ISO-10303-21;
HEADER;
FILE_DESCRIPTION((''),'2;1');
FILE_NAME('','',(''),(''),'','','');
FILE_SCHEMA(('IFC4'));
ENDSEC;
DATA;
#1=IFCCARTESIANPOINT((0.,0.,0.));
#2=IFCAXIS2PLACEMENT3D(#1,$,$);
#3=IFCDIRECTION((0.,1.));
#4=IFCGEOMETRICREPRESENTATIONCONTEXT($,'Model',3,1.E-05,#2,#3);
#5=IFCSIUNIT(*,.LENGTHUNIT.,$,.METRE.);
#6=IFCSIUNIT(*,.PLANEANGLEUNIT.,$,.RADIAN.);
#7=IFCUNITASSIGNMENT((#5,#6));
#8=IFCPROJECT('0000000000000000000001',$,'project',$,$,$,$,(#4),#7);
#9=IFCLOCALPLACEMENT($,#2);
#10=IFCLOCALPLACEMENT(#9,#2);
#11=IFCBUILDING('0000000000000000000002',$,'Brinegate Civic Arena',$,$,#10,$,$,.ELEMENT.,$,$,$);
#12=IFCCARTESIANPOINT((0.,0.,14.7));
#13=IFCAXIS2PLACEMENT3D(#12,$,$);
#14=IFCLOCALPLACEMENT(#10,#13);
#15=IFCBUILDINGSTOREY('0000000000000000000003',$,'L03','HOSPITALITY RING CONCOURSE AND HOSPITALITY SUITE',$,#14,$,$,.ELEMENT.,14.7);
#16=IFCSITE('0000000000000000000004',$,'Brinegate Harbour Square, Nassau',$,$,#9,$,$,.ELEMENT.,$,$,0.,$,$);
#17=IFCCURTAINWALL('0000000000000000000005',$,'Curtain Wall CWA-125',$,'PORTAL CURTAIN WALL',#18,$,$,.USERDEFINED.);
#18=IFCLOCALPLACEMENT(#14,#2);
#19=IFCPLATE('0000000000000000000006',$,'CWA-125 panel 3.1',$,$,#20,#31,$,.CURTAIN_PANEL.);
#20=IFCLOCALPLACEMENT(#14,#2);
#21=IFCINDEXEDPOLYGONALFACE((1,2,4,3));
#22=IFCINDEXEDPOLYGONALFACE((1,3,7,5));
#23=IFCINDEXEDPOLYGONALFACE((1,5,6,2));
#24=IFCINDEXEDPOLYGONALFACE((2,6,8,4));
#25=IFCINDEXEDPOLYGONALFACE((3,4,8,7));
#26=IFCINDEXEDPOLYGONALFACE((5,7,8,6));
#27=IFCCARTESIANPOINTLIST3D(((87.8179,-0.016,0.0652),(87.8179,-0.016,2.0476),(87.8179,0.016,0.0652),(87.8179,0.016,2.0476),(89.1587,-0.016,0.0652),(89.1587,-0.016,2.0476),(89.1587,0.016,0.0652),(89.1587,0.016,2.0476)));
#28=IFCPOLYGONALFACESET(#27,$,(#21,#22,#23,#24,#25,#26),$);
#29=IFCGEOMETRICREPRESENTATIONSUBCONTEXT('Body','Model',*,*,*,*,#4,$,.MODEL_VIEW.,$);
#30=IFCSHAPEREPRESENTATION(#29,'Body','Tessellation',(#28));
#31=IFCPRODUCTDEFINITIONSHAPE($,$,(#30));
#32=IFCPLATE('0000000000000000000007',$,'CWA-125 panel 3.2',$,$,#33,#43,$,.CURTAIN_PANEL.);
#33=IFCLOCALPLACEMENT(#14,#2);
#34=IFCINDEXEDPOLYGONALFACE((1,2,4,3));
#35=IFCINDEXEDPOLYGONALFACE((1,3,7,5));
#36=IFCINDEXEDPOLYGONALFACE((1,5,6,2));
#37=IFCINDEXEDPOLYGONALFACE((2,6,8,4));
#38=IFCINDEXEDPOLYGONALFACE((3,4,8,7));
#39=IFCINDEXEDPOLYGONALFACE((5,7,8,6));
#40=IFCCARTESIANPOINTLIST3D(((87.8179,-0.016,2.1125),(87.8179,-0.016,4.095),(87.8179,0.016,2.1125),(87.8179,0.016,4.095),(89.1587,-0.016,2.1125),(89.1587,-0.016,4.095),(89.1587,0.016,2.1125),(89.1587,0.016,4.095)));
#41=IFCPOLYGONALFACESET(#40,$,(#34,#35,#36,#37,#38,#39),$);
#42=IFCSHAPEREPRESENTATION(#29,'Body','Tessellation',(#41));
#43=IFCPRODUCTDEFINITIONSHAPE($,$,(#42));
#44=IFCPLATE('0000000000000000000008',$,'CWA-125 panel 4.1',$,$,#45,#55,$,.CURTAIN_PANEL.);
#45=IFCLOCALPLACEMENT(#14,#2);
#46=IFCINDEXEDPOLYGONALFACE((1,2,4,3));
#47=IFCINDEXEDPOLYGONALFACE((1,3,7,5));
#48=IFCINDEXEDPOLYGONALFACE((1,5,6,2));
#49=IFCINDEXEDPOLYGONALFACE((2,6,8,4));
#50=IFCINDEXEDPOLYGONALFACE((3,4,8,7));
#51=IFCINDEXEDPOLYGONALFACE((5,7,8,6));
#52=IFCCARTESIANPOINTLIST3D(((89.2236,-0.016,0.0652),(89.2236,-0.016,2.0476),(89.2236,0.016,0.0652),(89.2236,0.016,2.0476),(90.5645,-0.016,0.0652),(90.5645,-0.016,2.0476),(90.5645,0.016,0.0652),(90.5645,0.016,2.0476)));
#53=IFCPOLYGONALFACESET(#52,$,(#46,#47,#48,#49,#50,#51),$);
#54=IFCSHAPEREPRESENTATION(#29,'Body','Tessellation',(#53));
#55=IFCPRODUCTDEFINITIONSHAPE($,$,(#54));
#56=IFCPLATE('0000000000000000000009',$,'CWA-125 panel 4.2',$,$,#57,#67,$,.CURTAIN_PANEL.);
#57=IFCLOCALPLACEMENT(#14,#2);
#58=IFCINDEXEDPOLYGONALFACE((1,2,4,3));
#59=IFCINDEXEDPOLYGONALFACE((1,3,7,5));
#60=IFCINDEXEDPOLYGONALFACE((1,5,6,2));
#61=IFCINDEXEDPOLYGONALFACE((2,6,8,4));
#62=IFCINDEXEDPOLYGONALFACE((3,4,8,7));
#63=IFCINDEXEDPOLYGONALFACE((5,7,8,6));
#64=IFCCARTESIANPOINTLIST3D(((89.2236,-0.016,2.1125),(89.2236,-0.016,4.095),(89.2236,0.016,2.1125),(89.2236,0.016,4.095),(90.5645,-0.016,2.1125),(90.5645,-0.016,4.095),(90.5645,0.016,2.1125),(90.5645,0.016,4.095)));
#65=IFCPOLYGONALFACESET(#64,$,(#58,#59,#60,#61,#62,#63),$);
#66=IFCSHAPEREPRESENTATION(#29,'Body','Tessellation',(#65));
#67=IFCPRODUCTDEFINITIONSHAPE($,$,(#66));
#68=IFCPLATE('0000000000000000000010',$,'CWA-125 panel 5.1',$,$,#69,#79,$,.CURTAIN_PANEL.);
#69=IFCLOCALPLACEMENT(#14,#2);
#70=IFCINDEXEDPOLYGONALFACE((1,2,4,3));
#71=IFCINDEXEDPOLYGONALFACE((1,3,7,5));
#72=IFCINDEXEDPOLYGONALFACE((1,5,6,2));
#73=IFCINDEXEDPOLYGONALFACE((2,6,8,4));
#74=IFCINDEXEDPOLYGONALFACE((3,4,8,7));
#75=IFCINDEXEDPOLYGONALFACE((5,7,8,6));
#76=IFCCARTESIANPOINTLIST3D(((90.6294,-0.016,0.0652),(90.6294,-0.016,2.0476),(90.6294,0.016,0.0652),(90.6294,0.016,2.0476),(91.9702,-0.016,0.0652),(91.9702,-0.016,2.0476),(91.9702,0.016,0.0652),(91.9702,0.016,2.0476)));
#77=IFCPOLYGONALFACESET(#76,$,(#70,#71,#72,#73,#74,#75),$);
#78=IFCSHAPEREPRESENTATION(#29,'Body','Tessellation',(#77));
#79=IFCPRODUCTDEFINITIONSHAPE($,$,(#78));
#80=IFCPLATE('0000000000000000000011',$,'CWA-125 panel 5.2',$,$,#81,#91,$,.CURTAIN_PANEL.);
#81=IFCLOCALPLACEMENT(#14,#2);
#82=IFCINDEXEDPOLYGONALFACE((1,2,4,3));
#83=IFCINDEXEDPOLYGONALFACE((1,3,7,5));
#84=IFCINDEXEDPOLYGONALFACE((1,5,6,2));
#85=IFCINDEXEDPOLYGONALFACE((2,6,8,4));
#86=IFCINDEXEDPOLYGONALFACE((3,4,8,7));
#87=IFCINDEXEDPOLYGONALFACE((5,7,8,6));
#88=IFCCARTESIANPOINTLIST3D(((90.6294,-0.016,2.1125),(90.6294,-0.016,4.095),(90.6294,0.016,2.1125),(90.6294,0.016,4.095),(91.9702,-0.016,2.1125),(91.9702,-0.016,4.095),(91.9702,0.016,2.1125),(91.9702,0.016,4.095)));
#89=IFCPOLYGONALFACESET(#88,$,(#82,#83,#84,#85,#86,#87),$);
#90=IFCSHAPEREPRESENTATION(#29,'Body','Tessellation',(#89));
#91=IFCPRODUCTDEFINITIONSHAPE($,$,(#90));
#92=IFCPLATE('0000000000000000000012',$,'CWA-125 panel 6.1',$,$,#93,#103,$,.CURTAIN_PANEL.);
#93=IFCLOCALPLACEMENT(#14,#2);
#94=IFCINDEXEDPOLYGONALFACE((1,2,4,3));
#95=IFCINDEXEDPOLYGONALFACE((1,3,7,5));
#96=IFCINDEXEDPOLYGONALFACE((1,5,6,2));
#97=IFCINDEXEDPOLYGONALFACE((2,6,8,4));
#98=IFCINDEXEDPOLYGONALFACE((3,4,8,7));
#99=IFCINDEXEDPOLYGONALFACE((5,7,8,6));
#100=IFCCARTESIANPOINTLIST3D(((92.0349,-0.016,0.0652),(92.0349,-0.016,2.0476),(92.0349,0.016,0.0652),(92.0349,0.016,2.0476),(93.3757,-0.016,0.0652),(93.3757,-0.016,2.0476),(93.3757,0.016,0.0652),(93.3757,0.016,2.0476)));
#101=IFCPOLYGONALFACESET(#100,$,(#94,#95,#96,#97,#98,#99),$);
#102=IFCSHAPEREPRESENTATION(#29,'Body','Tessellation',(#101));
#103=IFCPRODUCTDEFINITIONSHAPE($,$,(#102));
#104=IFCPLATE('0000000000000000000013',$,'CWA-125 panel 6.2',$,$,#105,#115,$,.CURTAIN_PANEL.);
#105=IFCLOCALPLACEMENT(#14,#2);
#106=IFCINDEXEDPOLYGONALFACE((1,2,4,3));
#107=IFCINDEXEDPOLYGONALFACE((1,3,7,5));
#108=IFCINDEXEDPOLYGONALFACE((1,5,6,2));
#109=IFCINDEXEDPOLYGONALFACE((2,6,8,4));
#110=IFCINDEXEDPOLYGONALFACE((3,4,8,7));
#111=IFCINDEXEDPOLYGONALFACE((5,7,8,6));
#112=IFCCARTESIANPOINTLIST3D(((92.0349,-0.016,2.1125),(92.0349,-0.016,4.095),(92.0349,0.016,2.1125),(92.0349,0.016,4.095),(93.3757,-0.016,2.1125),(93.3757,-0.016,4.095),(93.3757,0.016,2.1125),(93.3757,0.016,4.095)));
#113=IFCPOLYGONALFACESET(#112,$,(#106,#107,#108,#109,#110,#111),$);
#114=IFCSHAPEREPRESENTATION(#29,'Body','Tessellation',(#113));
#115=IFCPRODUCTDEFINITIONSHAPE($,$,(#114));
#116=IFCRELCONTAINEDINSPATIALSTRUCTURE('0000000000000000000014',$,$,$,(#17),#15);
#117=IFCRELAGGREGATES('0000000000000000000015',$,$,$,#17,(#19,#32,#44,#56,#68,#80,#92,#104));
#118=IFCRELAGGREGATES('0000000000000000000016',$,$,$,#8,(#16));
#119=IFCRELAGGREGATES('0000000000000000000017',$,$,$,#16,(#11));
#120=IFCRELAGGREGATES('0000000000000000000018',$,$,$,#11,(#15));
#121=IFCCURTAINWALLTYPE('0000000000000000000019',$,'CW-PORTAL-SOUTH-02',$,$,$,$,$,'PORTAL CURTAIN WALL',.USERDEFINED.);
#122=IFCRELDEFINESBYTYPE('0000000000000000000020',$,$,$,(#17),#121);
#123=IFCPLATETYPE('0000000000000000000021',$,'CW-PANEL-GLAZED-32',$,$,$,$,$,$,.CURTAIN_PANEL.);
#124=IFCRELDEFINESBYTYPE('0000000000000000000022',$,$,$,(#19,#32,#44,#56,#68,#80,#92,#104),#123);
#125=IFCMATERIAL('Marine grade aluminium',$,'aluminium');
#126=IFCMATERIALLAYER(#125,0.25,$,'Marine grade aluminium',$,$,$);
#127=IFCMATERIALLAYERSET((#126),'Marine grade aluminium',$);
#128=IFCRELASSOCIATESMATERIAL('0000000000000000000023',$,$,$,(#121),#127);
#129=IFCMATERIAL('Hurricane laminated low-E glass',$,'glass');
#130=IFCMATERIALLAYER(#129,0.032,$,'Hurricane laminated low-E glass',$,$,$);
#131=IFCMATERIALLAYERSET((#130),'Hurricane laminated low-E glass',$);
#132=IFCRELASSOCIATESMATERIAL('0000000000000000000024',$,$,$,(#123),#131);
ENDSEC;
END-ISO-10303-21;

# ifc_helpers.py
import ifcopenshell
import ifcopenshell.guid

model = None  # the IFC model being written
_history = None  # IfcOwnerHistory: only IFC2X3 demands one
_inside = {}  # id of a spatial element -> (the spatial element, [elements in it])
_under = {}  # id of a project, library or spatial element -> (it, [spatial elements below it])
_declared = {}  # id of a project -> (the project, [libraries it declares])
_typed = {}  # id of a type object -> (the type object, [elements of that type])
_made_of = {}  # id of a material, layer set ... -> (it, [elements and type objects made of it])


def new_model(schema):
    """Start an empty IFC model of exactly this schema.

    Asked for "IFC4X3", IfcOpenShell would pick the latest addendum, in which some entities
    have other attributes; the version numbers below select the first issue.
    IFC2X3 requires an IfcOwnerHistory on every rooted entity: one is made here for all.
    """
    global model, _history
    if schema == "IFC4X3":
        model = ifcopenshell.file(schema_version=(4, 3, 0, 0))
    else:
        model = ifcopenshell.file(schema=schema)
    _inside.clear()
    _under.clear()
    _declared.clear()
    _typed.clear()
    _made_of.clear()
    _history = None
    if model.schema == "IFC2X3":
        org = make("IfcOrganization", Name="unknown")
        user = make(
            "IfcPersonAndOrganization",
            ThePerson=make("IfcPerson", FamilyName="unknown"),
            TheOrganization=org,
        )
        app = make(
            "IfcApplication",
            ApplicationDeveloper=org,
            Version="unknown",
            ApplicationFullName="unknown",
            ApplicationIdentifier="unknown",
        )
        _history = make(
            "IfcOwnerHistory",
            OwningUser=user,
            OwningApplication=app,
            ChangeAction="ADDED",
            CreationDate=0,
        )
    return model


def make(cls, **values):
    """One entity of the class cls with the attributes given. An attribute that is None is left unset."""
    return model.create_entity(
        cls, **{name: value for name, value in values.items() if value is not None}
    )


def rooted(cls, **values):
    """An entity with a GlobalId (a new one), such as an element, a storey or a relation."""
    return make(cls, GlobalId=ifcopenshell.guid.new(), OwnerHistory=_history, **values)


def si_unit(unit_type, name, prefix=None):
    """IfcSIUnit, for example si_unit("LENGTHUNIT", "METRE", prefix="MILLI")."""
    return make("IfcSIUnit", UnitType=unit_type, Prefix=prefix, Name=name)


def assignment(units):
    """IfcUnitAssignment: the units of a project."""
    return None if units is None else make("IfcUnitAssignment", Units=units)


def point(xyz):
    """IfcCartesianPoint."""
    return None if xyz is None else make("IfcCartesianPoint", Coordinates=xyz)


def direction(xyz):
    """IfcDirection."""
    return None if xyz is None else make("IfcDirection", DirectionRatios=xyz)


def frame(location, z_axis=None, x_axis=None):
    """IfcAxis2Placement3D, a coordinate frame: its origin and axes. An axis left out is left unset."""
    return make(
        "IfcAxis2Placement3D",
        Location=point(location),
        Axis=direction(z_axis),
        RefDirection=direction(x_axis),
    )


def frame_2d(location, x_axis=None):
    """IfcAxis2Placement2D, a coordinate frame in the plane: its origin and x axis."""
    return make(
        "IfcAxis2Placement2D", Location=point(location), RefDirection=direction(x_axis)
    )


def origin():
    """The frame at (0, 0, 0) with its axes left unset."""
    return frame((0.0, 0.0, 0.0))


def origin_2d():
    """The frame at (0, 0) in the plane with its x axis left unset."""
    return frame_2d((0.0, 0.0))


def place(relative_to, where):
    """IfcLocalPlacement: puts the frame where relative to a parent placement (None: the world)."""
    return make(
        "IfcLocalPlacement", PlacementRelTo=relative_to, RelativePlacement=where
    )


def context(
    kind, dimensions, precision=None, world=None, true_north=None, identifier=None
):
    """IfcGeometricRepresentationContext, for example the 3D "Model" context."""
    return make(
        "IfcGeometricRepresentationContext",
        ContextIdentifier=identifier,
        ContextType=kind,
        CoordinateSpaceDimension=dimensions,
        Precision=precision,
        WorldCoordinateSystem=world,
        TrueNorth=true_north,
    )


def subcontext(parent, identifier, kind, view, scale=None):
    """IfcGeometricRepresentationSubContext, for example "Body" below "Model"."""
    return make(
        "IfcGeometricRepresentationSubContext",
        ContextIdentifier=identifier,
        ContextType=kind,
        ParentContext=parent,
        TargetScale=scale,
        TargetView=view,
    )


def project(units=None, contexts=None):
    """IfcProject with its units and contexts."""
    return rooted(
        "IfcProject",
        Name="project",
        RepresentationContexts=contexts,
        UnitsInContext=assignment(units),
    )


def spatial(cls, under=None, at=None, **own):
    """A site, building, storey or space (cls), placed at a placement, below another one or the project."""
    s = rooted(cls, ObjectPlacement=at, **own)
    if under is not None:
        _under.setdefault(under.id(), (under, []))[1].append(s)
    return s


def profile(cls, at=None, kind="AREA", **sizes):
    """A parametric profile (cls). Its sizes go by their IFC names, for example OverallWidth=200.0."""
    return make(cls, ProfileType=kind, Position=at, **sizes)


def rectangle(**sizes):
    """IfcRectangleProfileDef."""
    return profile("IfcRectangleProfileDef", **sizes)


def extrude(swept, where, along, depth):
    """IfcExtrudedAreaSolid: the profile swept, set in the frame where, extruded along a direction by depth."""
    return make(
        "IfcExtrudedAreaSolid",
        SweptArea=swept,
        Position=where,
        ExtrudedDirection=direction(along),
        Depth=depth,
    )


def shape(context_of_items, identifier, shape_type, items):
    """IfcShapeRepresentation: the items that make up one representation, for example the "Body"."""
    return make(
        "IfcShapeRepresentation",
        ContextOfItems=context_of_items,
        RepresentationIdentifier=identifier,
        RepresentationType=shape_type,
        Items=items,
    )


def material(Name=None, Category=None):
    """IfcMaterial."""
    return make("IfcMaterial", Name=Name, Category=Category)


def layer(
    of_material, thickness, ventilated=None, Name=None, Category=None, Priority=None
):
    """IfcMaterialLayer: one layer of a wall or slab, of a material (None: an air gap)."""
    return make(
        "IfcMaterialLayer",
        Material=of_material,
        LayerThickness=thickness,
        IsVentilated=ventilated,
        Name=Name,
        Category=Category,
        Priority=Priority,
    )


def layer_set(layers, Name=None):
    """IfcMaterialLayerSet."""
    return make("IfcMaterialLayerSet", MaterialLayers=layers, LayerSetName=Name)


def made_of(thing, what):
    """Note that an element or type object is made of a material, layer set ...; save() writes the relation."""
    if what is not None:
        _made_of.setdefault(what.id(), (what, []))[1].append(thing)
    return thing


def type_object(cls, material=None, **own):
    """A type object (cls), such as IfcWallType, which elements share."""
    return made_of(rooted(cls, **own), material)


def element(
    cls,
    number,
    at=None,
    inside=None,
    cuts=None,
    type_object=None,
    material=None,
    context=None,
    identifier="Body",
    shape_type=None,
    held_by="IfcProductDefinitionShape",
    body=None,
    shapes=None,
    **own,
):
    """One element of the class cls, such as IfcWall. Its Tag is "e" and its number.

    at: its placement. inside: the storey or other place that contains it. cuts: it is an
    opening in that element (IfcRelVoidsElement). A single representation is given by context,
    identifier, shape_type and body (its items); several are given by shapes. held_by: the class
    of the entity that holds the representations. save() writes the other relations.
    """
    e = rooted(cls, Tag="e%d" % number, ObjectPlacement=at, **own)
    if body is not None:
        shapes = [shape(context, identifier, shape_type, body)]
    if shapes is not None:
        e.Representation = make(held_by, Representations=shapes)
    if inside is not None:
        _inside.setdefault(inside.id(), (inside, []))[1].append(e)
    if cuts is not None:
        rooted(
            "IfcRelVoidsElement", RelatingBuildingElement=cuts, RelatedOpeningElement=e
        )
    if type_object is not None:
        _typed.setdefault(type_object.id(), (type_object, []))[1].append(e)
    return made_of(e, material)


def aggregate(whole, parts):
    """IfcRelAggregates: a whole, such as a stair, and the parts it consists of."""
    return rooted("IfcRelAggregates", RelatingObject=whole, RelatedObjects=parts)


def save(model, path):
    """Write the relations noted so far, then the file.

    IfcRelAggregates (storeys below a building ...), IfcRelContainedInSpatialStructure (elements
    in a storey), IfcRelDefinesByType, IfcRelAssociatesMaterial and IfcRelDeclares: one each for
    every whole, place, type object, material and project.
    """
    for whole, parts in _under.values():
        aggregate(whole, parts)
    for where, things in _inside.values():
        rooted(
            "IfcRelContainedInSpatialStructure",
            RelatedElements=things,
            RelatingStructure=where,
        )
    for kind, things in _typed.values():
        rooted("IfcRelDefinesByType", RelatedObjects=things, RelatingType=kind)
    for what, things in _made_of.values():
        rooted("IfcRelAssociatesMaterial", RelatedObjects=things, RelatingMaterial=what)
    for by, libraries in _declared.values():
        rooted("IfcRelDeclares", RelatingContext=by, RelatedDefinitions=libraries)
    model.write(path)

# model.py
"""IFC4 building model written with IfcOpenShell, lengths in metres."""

from ifc_helpers import new_model, si_unit, direction, frame, origin, origin_2d, place, context, subcontext, project, spatial, rectangle, extrude, material, layer, layer_set, type_object, element, aggregate, save


model = new_model("IFC4")

# Units and contexts
model_context = context("Model", 3, precision=1e-05, world=origin(), true_north=direction((0.0, 1.0)))
body_context = subcontext(model_context, "Body", "Model", "MODEL_VIEW")
ifc_project = project(units=[si_unit("LENGTHUNIT", "METRE"), si_unit("PLANEANGLEUNIT", "RADIAN")], contexts=[model_context])

# Site, building, storey
site_placement = place(None, origin())
site = spatial("IfcSite", under=ifc_project, at=site_placement, Name="Brinegate Harbour Square, Nassau", CompositionType="ELEMENT", RefElevation=0.0)
building_placement = place(site_placement, origin())
building = spatial("IfcBuilding", under=site, at=building_placement, Name="Brinegate Civic Arena", CompositionType="ELEMENT")
storey_placement = place(building_placement, frame((0.0, 0.0, 14.7)))
storey = spatial("IfcBuildingStorey", under=building, at=storey_placement, Name="L03", Description="HOSPITALITY RING CONCOURSE AND HOSPITALITY SUITE", CompositionType="ELEMENT", Elevation=14.7)

# Curtain wall, plates
ifc_material_1 = material(Name="Marine grade aluminium", Category="aluminium")
ifc_layer_1 = layer(ifc_material_1, 0.25, Name="Marine grade aluminium")
ifc_layer_set_1 = layer_set([ifc_layer_1], Name="Marine grade aluminium")
curtain_wall_type = type_object("IfcCurtainWallType", Name="CW-PORTAL-SOUTH-02", ElementType="PORTAL CURTAIN WALL", PredefinedType="USERDEFINED", material=ifc_layer_set_1)
curtain_wall_placement = place(storey_placement, origin())
curtain_wall = element("IfcCurtainWall", 1, at=curtain_wall_placement, inside=storey, type_object=curtain_wall_type, Name="Curtain Wall CWA-125", ObjectType="PORTAL CURTAIN WALL", PredefinedType="USERDEFINED")
ifc_material_2 = material(Name="Hurricane laminated low-E glass", Category="glass")
ifc_layer_2 = layer(ifc_material_2, 0.032, Name="Hurricane laminated low-E glass")
ifc_layer_set_2 = layer_set([ifc_layer_2], Name="Hurricane laminated low-E glass")
plate_type = type_object("IfcPlateType", Name="CW-PANEL-GLAZED-32", PredefinedType="CURTAIN_PANEL", material=ifc_layer_set_2)
plate_1_placement = place(storey_placement, frame((88.4883, 0.0, 0.0652), z_axis=(0.0, 0.0, 1.0), x_axis=(1.0, 0.0, 0.0)))
plate_1 = element("IfcPlate", 2, at=plate_1_placement, type_object=plate_type, Name="CWA-125 panel 3.1", PredefinedType="CURTAIN_PANEL", context=body_context, shape_type="SweptSolid", body=[
    extrude(rectangle(XDim=1.3408, YDim=0.032, at=origin_2d()), origin(), (0.0, 0.0, 1.0), 1.9824),
])
plate_2_placement = place(storey_placement, frame((88.4883, 0.0, 2.1125), z_axis=(0.0, 0.0, 1.0), x_axis=(1.0, 0.0, 0.0)))
plate_2 = element("IfcPlate", 3, at=plate_2_placement, type_object=plate_type, Name="CWA-125 panel 3.2", PredefinedType="CURTAIN_PANEL", context=body_context, shape_type="SweptSolid", body=[
    extrude(rectangle(XDim=1.3408, YDim=0.032, at=origin_2d()), origin(), (0.0, 0.0, 1.0), 1.9824),
])
plate_3_placement = place(storey_placement, frame((89.894, 0.0, 0.0652), z_axis=(0.0, 0.0, 1.0), x_axis=(1.0, 0.0, 0.0)))
plate_3 = element("IfcPlate", 4, at=plate_3_placement, type_object=plate_type, Name="CWA-125 panel 4.1", PredefinedType="CURTAIN_PANEL", context=body_context, shape_type="SweptSolid", body=[
    extrude(rectangle(XDim=1.3408, YDim=0.032, at=origin_2d()), origin(), (0.0, 0.0, 1.0), 1.9824),
])
plate_4_placement = place(storey_placement, frame((89.894, 0.0, 2.1125), z_axis=(0.0, 0.0, 1.0), x_axis=(1.0, 0.0, 0.0)))
plate_4 = element("IfcPlate", 5, at=plate_4_placement, type_object=plate_type, Name="CWA-125 panel 4.2", PredefinedType="CURTAIN_PANEL", context=body_context, shape_type="SweptSolid", body=[
    extrude(rectangle(XDim=1.3408, YDim=0.032, at=origin_2d()), origin(), (0.0, 0.0, 1.0), 1.9824),
])
plate_5_placement = place(storey_placement, frame((91.2998, 0.0, 0.0652), z_axis=(0.0, 0.0, 1.0), x_axis=(1.0, 0.0, 0.0)))
plate_5 = element("IfcPlate", 6, at=plate_5_placement, type_object=plate_type, Name="CWA-125 panel 5.1", PredefinedType="CURTAIN_PANEL", context=body_context, shape_type="SweptSolid", body=[
    extrude(rectangle(XDim=1.3408, YDim=0.032, at=origin_2d()), origin(), (0.0, 0.0, 1.0), 1.9824),
])
plate_6_placement = place(storey_placement, frame((91.2998, 0.0, 2.1125), z_axis=(0.0, 0.0, 1.0), x_axis=(1.0, 0.0, 0.0)))
plate_6 = element("IfcPlate", 7, at=plate_6_placement, type_object=plate_type, Name="CWA-125 panel 5.2", PredefinedType="CURTAIN_PANEL", context=body_context, shape_type="SweptSolid", body=[
    extrude(rectangle(XDim=1.3408, YDim=0.032, at=origin_2d()), origin(), (0.0, 0.0, 1.0), 1.9824),
])
plate_7_placement = place(storey_placement, frame((92.7053, 0.0, 0.0652), z_axis=(0.0, 0.0, 1.0), x_axis=(1.0, 0.0, 0.0)))
plate_7 = element("IfcPlate", 8, at=plate_7_placement, type_object=plate_type, Name="CWA-125 panel 6.1", PredefinedType="CURTAIN_PANEL", context=body_context, shape_type="SweptSolid", body=[
    extrude(rectangle(XDim=1.3408, YDim=0.032, at=origin_2d()), origin(), (0.0, 0.0, 1.0), 1.9824),
])
plate_8_placement = place(storey_placement, frame((92.7053, 0.0, 2.1125), z_axis=(0.0, 0.0, 1.0), x_axis=(1.0, 0.0, 0.0)))
plate_8 = element("IfcPlate", 9, at=plate_8_placement, type_object=plate_type, Name="CWA-125 panel 6.2", PredefinedType="CURTAIN_PANEL", context=body_context, shape_type="SweptSolid", body=[
    extrude(rectangle(XDim=1.3408, YDim=0.032, at=origin_2d()), origin(), (0.0, 0.0, 1.0), 1.9824),
])
aggregate(curtain_wall, [plate_1, plate_2, plate_3, plate_4, plate_5, plate_6, plate_7, plate_8])

save(model, "model.ifc")
